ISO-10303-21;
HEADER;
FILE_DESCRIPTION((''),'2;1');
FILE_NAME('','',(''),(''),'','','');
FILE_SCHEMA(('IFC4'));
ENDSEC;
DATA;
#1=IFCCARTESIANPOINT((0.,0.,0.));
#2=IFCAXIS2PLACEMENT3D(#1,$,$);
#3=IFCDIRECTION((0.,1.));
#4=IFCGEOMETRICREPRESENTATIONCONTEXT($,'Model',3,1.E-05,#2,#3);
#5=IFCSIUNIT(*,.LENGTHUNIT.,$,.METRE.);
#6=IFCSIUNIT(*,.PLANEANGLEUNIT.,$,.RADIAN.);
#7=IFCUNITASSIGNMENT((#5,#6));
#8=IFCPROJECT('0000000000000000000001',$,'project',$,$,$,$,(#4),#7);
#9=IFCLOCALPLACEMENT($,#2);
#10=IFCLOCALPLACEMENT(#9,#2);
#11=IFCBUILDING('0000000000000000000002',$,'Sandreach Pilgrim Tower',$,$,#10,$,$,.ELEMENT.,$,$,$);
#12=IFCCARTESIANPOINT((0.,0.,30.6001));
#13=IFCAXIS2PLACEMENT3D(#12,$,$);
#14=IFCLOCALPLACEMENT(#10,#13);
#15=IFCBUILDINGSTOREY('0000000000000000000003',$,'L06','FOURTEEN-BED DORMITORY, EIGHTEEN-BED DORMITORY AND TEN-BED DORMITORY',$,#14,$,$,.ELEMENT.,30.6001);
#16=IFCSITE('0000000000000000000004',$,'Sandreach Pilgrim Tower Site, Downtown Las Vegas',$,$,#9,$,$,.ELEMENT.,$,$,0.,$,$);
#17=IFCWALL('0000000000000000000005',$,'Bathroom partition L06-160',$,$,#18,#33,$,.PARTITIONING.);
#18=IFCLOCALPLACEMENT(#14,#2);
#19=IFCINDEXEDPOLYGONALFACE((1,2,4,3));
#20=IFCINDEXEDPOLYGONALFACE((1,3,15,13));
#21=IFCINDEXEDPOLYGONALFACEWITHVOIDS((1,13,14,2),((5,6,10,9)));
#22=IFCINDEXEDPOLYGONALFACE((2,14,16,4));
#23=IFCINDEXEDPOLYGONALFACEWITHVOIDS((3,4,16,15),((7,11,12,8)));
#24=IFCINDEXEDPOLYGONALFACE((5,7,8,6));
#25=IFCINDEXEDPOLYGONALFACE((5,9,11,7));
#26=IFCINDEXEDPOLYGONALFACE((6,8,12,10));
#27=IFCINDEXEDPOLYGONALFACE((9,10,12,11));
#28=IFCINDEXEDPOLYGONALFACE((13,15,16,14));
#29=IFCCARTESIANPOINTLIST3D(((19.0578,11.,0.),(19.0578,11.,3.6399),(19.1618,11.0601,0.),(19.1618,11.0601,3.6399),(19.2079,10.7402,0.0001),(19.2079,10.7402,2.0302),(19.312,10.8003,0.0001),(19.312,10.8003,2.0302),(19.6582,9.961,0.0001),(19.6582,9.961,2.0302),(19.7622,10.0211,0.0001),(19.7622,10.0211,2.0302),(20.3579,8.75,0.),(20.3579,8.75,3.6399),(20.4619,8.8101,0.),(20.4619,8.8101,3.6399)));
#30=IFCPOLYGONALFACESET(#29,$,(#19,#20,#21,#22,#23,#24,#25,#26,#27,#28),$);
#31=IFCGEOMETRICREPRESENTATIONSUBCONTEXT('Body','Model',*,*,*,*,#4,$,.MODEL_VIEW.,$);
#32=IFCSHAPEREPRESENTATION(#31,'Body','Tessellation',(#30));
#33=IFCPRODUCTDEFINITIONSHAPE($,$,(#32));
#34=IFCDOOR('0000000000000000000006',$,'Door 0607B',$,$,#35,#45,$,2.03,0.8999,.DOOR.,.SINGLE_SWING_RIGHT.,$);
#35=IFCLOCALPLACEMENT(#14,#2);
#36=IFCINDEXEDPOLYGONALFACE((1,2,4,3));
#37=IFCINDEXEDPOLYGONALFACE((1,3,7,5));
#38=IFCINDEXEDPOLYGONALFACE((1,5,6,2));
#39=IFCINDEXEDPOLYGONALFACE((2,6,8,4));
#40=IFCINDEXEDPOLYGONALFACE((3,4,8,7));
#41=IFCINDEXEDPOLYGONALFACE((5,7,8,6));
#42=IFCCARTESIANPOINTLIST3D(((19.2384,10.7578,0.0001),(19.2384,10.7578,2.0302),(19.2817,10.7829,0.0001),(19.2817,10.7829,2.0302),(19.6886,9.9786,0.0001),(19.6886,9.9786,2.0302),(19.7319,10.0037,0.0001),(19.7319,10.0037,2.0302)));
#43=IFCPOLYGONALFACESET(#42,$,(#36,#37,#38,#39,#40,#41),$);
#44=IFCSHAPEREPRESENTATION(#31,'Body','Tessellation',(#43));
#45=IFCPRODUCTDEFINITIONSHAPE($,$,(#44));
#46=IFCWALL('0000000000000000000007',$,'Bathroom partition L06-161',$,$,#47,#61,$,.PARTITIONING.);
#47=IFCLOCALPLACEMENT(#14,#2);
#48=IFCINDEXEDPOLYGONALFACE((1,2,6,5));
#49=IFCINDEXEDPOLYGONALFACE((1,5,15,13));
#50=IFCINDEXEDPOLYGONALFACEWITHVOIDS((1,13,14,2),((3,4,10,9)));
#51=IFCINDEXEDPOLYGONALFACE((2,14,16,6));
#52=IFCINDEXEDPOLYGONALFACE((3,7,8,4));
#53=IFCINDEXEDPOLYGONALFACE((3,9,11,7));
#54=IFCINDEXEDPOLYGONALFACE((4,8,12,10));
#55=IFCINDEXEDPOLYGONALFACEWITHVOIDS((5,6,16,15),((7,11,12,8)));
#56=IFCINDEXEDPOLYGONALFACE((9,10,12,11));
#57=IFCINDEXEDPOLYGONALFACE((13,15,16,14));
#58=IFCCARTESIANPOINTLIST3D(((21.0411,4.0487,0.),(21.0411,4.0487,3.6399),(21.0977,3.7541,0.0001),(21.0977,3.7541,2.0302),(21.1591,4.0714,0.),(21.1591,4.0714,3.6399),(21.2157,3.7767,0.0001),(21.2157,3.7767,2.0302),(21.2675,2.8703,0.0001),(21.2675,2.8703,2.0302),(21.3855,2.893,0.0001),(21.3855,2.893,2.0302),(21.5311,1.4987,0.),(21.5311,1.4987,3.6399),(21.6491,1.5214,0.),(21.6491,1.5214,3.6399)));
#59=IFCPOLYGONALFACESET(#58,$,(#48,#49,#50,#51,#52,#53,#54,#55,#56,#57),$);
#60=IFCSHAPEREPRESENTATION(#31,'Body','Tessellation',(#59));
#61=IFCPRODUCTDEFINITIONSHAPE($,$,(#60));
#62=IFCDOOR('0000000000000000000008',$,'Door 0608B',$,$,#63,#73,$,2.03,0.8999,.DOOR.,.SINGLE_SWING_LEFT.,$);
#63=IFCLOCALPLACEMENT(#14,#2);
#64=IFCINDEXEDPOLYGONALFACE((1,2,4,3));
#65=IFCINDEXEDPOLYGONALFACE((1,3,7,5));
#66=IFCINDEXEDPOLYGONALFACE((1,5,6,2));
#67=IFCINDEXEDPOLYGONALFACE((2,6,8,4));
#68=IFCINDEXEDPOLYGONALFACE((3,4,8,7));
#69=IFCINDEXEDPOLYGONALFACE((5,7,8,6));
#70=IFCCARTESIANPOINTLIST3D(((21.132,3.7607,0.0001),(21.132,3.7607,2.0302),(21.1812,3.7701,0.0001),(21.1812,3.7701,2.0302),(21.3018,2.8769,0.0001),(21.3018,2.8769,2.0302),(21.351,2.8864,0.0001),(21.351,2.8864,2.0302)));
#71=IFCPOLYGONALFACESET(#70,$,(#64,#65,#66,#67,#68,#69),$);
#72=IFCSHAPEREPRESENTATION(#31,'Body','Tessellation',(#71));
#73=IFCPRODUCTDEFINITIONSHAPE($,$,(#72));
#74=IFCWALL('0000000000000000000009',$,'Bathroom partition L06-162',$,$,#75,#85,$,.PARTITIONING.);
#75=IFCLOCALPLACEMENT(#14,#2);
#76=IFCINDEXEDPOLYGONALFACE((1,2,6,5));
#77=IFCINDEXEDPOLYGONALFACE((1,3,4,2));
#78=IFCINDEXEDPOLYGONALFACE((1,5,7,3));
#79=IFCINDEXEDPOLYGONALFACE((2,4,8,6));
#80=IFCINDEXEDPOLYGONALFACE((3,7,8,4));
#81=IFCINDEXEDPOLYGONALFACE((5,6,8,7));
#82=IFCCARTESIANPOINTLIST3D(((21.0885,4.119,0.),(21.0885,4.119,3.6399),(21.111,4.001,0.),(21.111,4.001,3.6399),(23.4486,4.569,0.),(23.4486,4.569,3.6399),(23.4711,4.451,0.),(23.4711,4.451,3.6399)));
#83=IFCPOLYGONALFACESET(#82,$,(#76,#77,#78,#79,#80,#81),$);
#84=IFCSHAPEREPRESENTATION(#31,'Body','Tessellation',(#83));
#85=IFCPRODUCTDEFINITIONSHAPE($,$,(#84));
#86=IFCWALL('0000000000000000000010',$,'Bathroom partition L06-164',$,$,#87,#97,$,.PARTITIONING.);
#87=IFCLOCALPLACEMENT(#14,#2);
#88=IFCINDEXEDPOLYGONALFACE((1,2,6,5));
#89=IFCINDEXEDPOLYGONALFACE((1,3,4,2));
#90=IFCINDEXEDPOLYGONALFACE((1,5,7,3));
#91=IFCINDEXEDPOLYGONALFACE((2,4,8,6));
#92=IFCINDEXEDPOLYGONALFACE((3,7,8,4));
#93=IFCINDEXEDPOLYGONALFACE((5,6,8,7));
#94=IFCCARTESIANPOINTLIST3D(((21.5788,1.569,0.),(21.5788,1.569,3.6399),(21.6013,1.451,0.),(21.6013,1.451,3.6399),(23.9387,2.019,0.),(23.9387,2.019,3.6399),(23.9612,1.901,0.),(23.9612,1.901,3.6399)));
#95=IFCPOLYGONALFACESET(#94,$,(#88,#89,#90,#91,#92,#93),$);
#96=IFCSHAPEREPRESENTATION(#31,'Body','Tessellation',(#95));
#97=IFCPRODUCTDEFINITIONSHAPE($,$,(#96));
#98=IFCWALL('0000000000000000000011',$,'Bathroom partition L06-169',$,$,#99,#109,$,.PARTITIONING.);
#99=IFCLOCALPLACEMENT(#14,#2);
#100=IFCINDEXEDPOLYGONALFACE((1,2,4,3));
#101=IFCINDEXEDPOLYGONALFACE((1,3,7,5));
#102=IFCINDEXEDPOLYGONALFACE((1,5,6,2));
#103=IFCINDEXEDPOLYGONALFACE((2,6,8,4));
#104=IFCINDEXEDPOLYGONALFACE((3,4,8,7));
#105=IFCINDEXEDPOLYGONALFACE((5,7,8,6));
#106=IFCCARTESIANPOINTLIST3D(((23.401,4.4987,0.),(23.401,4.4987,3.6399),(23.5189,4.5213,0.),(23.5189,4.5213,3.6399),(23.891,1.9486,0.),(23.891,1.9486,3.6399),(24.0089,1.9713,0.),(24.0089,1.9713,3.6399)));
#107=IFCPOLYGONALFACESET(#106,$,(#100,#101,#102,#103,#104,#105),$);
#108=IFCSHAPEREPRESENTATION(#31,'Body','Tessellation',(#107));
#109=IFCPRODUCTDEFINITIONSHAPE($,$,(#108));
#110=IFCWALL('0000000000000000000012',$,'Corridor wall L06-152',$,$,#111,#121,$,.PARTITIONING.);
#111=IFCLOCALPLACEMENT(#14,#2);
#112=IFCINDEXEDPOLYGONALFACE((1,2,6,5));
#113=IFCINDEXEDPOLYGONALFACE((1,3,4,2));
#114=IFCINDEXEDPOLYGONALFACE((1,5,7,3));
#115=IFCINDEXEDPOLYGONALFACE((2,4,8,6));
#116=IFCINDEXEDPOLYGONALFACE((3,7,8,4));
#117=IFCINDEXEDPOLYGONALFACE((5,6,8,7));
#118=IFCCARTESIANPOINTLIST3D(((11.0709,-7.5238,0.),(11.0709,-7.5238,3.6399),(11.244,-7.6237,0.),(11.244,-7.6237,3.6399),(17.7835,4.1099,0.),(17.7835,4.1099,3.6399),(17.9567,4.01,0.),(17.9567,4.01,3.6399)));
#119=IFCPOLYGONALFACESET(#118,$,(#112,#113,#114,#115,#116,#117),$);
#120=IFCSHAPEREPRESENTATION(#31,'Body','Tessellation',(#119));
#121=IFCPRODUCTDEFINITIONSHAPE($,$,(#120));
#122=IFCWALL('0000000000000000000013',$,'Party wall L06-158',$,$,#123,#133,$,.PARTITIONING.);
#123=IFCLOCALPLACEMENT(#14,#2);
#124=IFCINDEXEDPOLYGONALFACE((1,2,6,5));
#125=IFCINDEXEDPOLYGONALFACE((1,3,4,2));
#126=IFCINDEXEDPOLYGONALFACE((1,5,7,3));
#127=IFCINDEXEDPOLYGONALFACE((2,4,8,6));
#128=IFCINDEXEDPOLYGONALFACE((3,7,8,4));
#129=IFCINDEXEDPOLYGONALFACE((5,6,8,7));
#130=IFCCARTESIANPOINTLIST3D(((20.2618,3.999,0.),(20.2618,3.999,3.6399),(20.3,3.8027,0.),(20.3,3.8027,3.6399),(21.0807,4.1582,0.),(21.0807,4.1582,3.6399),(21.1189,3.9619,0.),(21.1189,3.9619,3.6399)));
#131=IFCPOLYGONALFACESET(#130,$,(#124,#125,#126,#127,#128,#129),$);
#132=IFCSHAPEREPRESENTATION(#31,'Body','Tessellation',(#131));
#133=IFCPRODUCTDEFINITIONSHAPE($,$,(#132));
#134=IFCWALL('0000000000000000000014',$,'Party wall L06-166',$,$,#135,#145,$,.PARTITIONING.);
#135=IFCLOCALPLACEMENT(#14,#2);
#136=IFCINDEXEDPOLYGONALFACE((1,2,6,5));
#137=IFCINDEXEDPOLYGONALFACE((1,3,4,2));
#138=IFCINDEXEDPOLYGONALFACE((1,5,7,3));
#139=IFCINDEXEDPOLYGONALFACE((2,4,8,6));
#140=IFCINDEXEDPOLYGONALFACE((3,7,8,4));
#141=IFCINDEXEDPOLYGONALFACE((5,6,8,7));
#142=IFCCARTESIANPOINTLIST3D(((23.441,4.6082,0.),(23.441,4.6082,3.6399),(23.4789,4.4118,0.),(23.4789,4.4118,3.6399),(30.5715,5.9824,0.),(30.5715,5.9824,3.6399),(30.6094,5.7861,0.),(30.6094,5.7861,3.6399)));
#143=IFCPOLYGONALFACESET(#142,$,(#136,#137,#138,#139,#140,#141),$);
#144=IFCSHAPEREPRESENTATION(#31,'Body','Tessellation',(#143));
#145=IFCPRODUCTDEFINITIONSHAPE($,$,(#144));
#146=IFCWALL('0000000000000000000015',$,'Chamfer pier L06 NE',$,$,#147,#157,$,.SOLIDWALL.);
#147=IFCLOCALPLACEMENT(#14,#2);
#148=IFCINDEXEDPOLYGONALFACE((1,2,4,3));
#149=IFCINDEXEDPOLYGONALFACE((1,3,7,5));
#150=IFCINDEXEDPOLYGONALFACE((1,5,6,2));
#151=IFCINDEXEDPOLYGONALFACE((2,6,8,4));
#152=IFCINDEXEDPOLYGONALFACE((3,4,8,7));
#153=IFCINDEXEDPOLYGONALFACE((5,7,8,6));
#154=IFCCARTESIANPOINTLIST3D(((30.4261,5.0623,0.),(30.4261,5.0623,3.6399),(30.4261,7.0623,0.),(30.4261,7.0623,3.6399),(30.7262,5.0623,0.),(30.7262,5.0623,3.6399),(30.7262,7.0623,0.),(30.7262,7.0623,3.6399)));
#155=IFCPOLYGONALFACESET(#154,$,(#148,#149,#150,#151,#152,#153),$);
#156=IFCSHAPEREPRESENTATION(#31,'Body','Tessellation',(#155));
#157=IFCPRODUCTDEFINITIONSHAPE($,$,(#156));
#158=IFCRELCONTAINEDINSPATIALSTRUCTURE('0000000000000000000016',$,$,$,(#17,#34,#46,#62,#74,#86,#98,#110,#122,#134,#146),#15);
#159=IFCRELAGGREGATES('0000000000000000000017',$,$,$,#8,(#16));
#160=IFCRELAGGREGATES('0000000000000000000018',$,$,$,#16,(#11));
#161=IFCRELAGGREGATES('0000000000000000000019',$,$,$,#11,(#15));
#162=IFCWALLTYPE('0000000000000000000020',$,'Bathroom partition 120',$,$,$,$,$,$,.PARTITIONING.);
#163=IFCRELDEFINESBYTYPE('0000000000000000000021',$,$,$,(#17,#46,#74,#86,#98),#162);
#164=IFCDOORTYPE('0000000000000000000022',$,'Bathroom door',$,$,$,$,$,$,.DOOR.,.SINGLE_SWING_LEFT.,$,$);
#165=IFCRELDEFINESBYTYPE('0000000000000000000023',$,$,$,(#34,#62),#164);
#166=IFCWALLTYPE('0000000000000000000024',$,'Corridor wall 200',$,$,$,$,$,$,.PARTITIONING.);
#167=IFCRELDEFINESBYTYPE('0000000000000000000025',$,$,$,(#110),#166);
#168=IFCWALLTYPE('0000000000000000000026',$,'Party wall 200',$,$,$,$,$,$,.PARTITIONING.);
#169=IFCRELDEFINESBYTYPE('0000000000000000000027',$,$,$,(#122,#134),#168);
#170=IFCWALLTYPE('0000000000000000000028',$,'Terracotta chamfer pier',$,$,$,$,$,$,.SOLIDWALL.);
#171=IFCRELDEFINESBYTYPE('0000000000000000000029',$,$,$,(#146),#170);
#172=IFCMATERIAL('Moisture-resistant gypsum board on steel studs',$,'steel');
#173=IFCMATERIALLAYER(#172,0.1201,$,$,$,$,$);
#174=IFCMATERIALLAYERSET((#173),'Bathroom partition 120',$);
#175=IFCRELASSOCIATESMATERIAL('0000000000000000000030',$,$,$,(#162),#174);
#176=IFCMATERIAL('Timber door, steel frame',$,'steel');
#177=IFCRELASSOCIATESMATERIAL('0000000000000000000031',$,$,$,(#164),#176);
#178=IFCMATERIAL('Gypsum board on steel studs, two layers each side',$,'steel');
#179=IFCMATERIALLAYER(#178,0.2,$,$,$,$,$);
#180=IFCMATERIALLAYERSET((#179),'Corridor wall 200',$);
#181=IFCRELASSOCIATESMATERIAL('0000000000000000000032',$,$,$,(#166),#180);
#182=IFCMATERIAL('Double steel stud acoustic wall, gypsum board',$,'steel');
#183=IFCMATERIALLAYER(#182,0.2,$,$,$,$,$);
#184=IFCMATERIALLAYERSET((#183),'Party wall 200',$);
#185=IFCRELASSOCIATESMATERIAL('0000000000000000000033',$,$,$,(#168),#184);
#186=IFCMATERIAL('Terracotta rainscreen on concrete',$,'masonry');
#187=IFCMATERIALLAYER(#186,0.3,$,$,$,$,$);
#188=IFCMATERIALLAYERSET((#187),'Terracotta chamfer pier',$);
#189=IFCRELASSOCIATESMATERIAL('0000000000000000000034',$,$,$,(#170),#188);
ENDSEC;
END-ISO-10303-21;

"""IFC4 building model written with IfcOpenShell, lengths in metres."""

from ifc_helpers import new_model, si_unit, direction, frame, frame_2d, origin, place, context, subcontext, project, spatial, rectangle, extrude, material, layer, layer_set, type_object, element, fill, save


model = new_model("IFC4")

# Units and contexts
model_context = context("Model", 3, precision=1e-05, world=origin(), true_north=direction((0.0, 1.0)))
body_context = subcontext(model_context, "Body", "Model", "MODEL_VIEW")
ifc_project = project(units=[si_unit("LENGTHUNIT", "METRE"), si_unit("PLANEANGLEUNIT", "RADIAN")], contexts=[model_context])

# Site, building, storey
site_placement = place(None, origin())
site = spatial("IfcSite", under=ifc_project, at=site_placement, Name="Sandreach Pilgrim Tower Site, Downtown Las Vegas", CompositionType="ELEMENT", RefElevation=0.0)
building_placement = place(site_placement, origin())
building = spatial("IfcBuilding", under=site, at=building_placement, Name="Sandreach Pilgrim Tower", CompositionType="ELEMENT")
storey_placement = place(building_placement, frame((0.0, 0.0, 30.6001)))
storey = spatial("IfcBuildingStorey", under=building, at=storey_placement, Name="L06", Description="FOURTEEN-BED DORMITORY, EIGHTEEN-BED DORMITORY AND TEN-BED DORMITORY", CompositionType="ELEMENT", Elevation=30.6001)

# Shared definitions
ifc_material_1 = material(Name="Moisture-resistant gypsum board on steel studs", Category="steel")
ifc_layer_1 = layer(ifc_material_1, 0.1201)
ifc_layer_set_1 = layer_set([ifc_layer_1], Name="Bathroom partition 120")
wall_type_1 = type_object("IfcWallType", Name="Bathroom partition 120", PredefinedType="PARTITIONING", material=ifc_layer_set_1)

# Walls, openings, doors
wall_1_placement = place(storey_placement, frame((20.4099, 8.78, 0.0), z_axis=(0.0, 0.0, 1.0), x_axis=(-0.500292, 0.865857, 0.0)))
wall_1 = element("IfcWall", 1, at=wall_1_placement, inside=storey, type_object=wall_type_1, Name="Bathroom partition L06-160", PredefinedType="PARTITIONING", context=body_context, shape_type="SweptSolid", body=[
    extrude(rectangle(XDim=2.5986, YDim=0.1201, at=frame_2d((1.2993, 0.0))), origin(), (0.0, 0.0, 1.0), 3.6399),
])
opening_1_placement = place(wall_1_placement, frame((1.3987, 0.0, 0.0)))
opening_1 = element("IfcOpeningElement", 2, at=opening_1_placement, cuts=wall_1, PredefinedType="OPENING", context=body_context, shape_type="SweptSolid", body=[
    extrude(rectangle(XDim=0.8999, YDim=2.03, at=frame_2d((0.45, 1.0151))), frame((0.0, 0.0601, 0.0), z_axis=(0.0, -1.0, 0.0), x_axis=(1.0, 0.0, 0.0)), (0.0, 0.0, 1.0), 0.1201),
])
ifc_material_2 = material(Name="Timber door, steel frame", Category="steel")
door_type_1 = type_object("IfcDoorType", Name="Bathroom door", OperationType="SINGLE_SWING_LEFT", PredefinedType="DOOR", material=ifc_material_2)
door_1_placement = place(opening_1_placement, origin())
door_1 = element("IfcDoor", 3, at=door_1_placement, inside=storey, type_object=door_type_1, Name="Door 0607B", OperationType="SINGLE_SWING_RIGHT", OverallHeight=2.03, OverallWidth=0.8999, PredefinedType="DOOR", context=body_context, shape_type="SweptSolid", body=[
    extrude(rectangle(XDim=0.8999, YDim=2.03, at=frame_2d((0.45, 1.0151))), frame((0.0, 0.0249, 0.0), z_axis=(0.0, -1.0, 0.0), x_axis=(1.0, 0.0, 0.0)), (0.0, 0.0, 1.0), 0.05),
])
fill(opening_1, door_1)
wall_2_placement = place(storey_placement, frame((21.1001, 4.0601, 0.0), z_axis=(0.0, 0.0, 1.0), x_axis=(0.188697, -0.982035, 0.0)))
wall_2 = element("IfcWall", 4, at=wall_2_placement, inside=storey, type_object=wall_type_1, Name="Bathroom partition L06-161", PredefinedType="PARTITIONING", context=body_context, shape_type="SweptSolid", body=[
    extrude(rectangle(XDim=2.5967, YDim=0.1201, at=frame_2d((1.2983, 0.0))), origin(), (0.0, 0.0, 1.0), 3.6399),
])
opening_2_placement = place(wall_2_placement, frame((0.3, 0.0, 0.0)))
opening_2 = element("IfcOpeningElement", 5, at=opening_2_placement, cuts=wall_2, PredefinedType="OPENING", context=body_context, shape_type="SweptSolid", body=[
    extrude(rectangle(XDim=0.8999, YDim=2.03, at=frame_2d((0.45, 1.0151))), frame((0.0, 0.0601, 0.0), z_axis=(0.0, -1.0, 0.0), x_axis=(1.0, 0.0, 0.0)), (0.0, 0.0, 1.0), 0.1201),
])
door_2_placement = place(opening_2_placement, origin())
door_2 = element("IfcDoor", 6, at=door_2_placement, inside=storey, type_object=door_type_1, Name="Door 0608B", OperationType="SINGLE_SWING_LEFT", OverallHeight=2.03, OverallWidth=0.8999, PredefinedType="DOOR", context=body_context, shape_type="SweptSolid", body=[
    extrude(rectangle(XDim=0.8999, YDim=2.03, at=frame_2d((0.45, 1.0151))), frame((0.0, 0.0249, 0.0), z_axis=(0.0, -1.0, 0.0), x_axis=(1.0, 0.0, 0.0)), (0.0, 0.0, 1.0), 0.05),
])
fill(opening_2, door_2)

# Walls
wall_3_placement = place(storey_placement, frame((21.0999, 4.0601, 0.0), z_axis=(0.0, 0.0, 1.0), x_axis=(0.982307, 0.187276, 0.0)))
element("IfcWall", 7, at=wall_3_placement, inside=storey, type_object=wall_type_1, Name="Bathroom partition L06-162", PredefinedType="PARTITIONING", context=body_context, shape_type="SweptSolid", body=[
    extrude(rectangle(XDim=2.4026, YDim=0.1201, at=frame_2d((1.2012, 0.0))), origin(), (0.0, 0.0, 1.0), 3.6399),
])
wall_4_placement = place(storey_placement, frame((21.5901, 1.51, 0.0), z_axis=(0.0, 0.0, 1.0), x_axis=(0.982304, 0.187294, 0.0)))
element("IfcWall", 8, at=wall_4_placement, inside=storey, type_object=wall_type_1, Name="Bathroom partition L06-164", PredefinedType="PARTITIONING", context=body_context, shape_type="SweptSolid", body=[
    extrude(rectangle(XDim=2.4023, YDim=0.1201, at=frame_2d((1.2012, 0.0))), origin(), (0.0, 0.0, 1.0), 3.6399),
])
wall_5_placement = place(storey_placement, frame((23.95, 1.96, 0.0), z_axis=(0.0, 0.0, 1.0), x_axis=(-0.188697, 0.982035, 0.0)))
element("IfcWall", 9, at=wall_5_placement, inside=storey, type_object=wall_type_1, Name="Bathroom partition L06-169", PredefinedType="PARTITIONING", context=body_context, shape_type="SweptSolid", body=[
    extrude(rectangle(XDim=2.5967, YDim=0.1201, at=frame_2d((1.2983, 0.0))), origin(), (0.0, 0.0, 1.0), 3.6399),
])
ifc_material_3 = material(Name="Gypsum board on steel studs, two layers each side", Category="steel")
ifc_layer_2 = layer(ifc_material_3, 0.2)
ifc_layer_set_2 = layer_set([ifc_layer_2], Name="Corridor wall 200")
wall_type_2 = type_object("IfcWallType", Name="Corridor wall 200", PredefinedType="PARTITIONING", material=ifc_layer_set_2)
wall_6_placement = place(storey_placement, frame((17.8701, 4.0601, 0.0), z_axis=(0.0, 0.0, 1.0), x_axis=(-0.49977, -0.866158, 0.0)))
element("IfcWall", 10, at=wall_6_placement, inside=storey, type_object=wall_type_2, Name="Corridor wall L06-152", PredefinedType="PARTITIONING", context=body_context, shape_type="SweptSolid", body=[
    extrude(rectangle(XDim=13.4314, YDim=0.2, at=frame_2d((6.7158, 0.0))), origin(), (0.0, 0.0, 1.0), 3.6399),
])

# Walls
ifc_material_4 = material(Name="Double steel stud acoustic wall, gypsum board", Category="steel")
ifc_layer_3 = layer(ifc_material_4, 0.2)
ifc_layer_set_3 = layer_set([ifc_layer_3], Name="Party wall 200")
wall_type_3 = type_object("IfcWallType", Name="Party wall 200", PredefinedType="PARTITIONING", material=ifc_layer_set_3)
wall_7_placement = place(storey_placement, frame((20.281, 3.9009, 0.0), z_axis=(0.0, 0.0, 1.0), x_axis=(0.981625, 0.190823, 0.0)))
element("IfcWall", 11, at=wall_7_placement, inside=storey, type_object=wall_type_3, Name="Party wall L06-158", PredefinedType="PARTITIONING", context=body_context, shape_type="SweptSolid", body=[
    extrude(rectangle(XDim=0.8342, YDim=0.2, at=frame_2d((0.417, 0.0))), origin(), (0.0, 0.0, 1.0), 3.6399),
])
wall_8_placement = place(storey_placement, frame((23.46, 4.51, 0.0), z_axis=(0.0, 0.0, 1.0), x_axis=(0.98193, 0.189245, 0.0)))
element("IfcWall", 12, at=wall_8_placement, inside=storey, type_object=wall_type_3, Name="Party wall L06-166", PredefinedType="PARTITIONING", context=body_context, shape_type="SweptSolid", body=[
    extrude(rectangle(XDim=7.2617, YDim=0.2, at=frame_2d((3.6309, 0.0))), origin(), (0.0, 0.0, 1.0), 3.6399),
])
ifc_material_5 = material(Name="Terracotta rainscreen on concrete", Category="masonry")
ifc_layer_4 = layer(ifc_material_5, 0.3)
ifc_layer_set_4 = layer_set([ifc_layer_4], Name="Terracotta chamfer pier")
wall_type_4 = type_object("IfcWallType", Name="Terracotta chamfer pier", PredefinedType="SOLIDWALL", material=ifc_layer_set_4)
wall_9_placement = place(storey_placement, frame((30.5762, 7.0623, 0.0), z_axis=(0.0, 0.0, 1.0), x_axis=(0.0, -1.0, 0.0)))
element("IfcWall", 13, at=wall_9_placement, inside=storey, type_object=wall_type_4, Name="Chamfer pier L06 NE", PredefinedType="SOLIDWALL", context=body_context, shape_type="SweptSolid", body=[
    extrude(rectangle(XDim=2.0, YDim=0.3, at=frame_2d((1.0, 0.0))), origin(), (0.0, 0.0, 1.0), 3.6399),
])

save(model, "model.ifc")
